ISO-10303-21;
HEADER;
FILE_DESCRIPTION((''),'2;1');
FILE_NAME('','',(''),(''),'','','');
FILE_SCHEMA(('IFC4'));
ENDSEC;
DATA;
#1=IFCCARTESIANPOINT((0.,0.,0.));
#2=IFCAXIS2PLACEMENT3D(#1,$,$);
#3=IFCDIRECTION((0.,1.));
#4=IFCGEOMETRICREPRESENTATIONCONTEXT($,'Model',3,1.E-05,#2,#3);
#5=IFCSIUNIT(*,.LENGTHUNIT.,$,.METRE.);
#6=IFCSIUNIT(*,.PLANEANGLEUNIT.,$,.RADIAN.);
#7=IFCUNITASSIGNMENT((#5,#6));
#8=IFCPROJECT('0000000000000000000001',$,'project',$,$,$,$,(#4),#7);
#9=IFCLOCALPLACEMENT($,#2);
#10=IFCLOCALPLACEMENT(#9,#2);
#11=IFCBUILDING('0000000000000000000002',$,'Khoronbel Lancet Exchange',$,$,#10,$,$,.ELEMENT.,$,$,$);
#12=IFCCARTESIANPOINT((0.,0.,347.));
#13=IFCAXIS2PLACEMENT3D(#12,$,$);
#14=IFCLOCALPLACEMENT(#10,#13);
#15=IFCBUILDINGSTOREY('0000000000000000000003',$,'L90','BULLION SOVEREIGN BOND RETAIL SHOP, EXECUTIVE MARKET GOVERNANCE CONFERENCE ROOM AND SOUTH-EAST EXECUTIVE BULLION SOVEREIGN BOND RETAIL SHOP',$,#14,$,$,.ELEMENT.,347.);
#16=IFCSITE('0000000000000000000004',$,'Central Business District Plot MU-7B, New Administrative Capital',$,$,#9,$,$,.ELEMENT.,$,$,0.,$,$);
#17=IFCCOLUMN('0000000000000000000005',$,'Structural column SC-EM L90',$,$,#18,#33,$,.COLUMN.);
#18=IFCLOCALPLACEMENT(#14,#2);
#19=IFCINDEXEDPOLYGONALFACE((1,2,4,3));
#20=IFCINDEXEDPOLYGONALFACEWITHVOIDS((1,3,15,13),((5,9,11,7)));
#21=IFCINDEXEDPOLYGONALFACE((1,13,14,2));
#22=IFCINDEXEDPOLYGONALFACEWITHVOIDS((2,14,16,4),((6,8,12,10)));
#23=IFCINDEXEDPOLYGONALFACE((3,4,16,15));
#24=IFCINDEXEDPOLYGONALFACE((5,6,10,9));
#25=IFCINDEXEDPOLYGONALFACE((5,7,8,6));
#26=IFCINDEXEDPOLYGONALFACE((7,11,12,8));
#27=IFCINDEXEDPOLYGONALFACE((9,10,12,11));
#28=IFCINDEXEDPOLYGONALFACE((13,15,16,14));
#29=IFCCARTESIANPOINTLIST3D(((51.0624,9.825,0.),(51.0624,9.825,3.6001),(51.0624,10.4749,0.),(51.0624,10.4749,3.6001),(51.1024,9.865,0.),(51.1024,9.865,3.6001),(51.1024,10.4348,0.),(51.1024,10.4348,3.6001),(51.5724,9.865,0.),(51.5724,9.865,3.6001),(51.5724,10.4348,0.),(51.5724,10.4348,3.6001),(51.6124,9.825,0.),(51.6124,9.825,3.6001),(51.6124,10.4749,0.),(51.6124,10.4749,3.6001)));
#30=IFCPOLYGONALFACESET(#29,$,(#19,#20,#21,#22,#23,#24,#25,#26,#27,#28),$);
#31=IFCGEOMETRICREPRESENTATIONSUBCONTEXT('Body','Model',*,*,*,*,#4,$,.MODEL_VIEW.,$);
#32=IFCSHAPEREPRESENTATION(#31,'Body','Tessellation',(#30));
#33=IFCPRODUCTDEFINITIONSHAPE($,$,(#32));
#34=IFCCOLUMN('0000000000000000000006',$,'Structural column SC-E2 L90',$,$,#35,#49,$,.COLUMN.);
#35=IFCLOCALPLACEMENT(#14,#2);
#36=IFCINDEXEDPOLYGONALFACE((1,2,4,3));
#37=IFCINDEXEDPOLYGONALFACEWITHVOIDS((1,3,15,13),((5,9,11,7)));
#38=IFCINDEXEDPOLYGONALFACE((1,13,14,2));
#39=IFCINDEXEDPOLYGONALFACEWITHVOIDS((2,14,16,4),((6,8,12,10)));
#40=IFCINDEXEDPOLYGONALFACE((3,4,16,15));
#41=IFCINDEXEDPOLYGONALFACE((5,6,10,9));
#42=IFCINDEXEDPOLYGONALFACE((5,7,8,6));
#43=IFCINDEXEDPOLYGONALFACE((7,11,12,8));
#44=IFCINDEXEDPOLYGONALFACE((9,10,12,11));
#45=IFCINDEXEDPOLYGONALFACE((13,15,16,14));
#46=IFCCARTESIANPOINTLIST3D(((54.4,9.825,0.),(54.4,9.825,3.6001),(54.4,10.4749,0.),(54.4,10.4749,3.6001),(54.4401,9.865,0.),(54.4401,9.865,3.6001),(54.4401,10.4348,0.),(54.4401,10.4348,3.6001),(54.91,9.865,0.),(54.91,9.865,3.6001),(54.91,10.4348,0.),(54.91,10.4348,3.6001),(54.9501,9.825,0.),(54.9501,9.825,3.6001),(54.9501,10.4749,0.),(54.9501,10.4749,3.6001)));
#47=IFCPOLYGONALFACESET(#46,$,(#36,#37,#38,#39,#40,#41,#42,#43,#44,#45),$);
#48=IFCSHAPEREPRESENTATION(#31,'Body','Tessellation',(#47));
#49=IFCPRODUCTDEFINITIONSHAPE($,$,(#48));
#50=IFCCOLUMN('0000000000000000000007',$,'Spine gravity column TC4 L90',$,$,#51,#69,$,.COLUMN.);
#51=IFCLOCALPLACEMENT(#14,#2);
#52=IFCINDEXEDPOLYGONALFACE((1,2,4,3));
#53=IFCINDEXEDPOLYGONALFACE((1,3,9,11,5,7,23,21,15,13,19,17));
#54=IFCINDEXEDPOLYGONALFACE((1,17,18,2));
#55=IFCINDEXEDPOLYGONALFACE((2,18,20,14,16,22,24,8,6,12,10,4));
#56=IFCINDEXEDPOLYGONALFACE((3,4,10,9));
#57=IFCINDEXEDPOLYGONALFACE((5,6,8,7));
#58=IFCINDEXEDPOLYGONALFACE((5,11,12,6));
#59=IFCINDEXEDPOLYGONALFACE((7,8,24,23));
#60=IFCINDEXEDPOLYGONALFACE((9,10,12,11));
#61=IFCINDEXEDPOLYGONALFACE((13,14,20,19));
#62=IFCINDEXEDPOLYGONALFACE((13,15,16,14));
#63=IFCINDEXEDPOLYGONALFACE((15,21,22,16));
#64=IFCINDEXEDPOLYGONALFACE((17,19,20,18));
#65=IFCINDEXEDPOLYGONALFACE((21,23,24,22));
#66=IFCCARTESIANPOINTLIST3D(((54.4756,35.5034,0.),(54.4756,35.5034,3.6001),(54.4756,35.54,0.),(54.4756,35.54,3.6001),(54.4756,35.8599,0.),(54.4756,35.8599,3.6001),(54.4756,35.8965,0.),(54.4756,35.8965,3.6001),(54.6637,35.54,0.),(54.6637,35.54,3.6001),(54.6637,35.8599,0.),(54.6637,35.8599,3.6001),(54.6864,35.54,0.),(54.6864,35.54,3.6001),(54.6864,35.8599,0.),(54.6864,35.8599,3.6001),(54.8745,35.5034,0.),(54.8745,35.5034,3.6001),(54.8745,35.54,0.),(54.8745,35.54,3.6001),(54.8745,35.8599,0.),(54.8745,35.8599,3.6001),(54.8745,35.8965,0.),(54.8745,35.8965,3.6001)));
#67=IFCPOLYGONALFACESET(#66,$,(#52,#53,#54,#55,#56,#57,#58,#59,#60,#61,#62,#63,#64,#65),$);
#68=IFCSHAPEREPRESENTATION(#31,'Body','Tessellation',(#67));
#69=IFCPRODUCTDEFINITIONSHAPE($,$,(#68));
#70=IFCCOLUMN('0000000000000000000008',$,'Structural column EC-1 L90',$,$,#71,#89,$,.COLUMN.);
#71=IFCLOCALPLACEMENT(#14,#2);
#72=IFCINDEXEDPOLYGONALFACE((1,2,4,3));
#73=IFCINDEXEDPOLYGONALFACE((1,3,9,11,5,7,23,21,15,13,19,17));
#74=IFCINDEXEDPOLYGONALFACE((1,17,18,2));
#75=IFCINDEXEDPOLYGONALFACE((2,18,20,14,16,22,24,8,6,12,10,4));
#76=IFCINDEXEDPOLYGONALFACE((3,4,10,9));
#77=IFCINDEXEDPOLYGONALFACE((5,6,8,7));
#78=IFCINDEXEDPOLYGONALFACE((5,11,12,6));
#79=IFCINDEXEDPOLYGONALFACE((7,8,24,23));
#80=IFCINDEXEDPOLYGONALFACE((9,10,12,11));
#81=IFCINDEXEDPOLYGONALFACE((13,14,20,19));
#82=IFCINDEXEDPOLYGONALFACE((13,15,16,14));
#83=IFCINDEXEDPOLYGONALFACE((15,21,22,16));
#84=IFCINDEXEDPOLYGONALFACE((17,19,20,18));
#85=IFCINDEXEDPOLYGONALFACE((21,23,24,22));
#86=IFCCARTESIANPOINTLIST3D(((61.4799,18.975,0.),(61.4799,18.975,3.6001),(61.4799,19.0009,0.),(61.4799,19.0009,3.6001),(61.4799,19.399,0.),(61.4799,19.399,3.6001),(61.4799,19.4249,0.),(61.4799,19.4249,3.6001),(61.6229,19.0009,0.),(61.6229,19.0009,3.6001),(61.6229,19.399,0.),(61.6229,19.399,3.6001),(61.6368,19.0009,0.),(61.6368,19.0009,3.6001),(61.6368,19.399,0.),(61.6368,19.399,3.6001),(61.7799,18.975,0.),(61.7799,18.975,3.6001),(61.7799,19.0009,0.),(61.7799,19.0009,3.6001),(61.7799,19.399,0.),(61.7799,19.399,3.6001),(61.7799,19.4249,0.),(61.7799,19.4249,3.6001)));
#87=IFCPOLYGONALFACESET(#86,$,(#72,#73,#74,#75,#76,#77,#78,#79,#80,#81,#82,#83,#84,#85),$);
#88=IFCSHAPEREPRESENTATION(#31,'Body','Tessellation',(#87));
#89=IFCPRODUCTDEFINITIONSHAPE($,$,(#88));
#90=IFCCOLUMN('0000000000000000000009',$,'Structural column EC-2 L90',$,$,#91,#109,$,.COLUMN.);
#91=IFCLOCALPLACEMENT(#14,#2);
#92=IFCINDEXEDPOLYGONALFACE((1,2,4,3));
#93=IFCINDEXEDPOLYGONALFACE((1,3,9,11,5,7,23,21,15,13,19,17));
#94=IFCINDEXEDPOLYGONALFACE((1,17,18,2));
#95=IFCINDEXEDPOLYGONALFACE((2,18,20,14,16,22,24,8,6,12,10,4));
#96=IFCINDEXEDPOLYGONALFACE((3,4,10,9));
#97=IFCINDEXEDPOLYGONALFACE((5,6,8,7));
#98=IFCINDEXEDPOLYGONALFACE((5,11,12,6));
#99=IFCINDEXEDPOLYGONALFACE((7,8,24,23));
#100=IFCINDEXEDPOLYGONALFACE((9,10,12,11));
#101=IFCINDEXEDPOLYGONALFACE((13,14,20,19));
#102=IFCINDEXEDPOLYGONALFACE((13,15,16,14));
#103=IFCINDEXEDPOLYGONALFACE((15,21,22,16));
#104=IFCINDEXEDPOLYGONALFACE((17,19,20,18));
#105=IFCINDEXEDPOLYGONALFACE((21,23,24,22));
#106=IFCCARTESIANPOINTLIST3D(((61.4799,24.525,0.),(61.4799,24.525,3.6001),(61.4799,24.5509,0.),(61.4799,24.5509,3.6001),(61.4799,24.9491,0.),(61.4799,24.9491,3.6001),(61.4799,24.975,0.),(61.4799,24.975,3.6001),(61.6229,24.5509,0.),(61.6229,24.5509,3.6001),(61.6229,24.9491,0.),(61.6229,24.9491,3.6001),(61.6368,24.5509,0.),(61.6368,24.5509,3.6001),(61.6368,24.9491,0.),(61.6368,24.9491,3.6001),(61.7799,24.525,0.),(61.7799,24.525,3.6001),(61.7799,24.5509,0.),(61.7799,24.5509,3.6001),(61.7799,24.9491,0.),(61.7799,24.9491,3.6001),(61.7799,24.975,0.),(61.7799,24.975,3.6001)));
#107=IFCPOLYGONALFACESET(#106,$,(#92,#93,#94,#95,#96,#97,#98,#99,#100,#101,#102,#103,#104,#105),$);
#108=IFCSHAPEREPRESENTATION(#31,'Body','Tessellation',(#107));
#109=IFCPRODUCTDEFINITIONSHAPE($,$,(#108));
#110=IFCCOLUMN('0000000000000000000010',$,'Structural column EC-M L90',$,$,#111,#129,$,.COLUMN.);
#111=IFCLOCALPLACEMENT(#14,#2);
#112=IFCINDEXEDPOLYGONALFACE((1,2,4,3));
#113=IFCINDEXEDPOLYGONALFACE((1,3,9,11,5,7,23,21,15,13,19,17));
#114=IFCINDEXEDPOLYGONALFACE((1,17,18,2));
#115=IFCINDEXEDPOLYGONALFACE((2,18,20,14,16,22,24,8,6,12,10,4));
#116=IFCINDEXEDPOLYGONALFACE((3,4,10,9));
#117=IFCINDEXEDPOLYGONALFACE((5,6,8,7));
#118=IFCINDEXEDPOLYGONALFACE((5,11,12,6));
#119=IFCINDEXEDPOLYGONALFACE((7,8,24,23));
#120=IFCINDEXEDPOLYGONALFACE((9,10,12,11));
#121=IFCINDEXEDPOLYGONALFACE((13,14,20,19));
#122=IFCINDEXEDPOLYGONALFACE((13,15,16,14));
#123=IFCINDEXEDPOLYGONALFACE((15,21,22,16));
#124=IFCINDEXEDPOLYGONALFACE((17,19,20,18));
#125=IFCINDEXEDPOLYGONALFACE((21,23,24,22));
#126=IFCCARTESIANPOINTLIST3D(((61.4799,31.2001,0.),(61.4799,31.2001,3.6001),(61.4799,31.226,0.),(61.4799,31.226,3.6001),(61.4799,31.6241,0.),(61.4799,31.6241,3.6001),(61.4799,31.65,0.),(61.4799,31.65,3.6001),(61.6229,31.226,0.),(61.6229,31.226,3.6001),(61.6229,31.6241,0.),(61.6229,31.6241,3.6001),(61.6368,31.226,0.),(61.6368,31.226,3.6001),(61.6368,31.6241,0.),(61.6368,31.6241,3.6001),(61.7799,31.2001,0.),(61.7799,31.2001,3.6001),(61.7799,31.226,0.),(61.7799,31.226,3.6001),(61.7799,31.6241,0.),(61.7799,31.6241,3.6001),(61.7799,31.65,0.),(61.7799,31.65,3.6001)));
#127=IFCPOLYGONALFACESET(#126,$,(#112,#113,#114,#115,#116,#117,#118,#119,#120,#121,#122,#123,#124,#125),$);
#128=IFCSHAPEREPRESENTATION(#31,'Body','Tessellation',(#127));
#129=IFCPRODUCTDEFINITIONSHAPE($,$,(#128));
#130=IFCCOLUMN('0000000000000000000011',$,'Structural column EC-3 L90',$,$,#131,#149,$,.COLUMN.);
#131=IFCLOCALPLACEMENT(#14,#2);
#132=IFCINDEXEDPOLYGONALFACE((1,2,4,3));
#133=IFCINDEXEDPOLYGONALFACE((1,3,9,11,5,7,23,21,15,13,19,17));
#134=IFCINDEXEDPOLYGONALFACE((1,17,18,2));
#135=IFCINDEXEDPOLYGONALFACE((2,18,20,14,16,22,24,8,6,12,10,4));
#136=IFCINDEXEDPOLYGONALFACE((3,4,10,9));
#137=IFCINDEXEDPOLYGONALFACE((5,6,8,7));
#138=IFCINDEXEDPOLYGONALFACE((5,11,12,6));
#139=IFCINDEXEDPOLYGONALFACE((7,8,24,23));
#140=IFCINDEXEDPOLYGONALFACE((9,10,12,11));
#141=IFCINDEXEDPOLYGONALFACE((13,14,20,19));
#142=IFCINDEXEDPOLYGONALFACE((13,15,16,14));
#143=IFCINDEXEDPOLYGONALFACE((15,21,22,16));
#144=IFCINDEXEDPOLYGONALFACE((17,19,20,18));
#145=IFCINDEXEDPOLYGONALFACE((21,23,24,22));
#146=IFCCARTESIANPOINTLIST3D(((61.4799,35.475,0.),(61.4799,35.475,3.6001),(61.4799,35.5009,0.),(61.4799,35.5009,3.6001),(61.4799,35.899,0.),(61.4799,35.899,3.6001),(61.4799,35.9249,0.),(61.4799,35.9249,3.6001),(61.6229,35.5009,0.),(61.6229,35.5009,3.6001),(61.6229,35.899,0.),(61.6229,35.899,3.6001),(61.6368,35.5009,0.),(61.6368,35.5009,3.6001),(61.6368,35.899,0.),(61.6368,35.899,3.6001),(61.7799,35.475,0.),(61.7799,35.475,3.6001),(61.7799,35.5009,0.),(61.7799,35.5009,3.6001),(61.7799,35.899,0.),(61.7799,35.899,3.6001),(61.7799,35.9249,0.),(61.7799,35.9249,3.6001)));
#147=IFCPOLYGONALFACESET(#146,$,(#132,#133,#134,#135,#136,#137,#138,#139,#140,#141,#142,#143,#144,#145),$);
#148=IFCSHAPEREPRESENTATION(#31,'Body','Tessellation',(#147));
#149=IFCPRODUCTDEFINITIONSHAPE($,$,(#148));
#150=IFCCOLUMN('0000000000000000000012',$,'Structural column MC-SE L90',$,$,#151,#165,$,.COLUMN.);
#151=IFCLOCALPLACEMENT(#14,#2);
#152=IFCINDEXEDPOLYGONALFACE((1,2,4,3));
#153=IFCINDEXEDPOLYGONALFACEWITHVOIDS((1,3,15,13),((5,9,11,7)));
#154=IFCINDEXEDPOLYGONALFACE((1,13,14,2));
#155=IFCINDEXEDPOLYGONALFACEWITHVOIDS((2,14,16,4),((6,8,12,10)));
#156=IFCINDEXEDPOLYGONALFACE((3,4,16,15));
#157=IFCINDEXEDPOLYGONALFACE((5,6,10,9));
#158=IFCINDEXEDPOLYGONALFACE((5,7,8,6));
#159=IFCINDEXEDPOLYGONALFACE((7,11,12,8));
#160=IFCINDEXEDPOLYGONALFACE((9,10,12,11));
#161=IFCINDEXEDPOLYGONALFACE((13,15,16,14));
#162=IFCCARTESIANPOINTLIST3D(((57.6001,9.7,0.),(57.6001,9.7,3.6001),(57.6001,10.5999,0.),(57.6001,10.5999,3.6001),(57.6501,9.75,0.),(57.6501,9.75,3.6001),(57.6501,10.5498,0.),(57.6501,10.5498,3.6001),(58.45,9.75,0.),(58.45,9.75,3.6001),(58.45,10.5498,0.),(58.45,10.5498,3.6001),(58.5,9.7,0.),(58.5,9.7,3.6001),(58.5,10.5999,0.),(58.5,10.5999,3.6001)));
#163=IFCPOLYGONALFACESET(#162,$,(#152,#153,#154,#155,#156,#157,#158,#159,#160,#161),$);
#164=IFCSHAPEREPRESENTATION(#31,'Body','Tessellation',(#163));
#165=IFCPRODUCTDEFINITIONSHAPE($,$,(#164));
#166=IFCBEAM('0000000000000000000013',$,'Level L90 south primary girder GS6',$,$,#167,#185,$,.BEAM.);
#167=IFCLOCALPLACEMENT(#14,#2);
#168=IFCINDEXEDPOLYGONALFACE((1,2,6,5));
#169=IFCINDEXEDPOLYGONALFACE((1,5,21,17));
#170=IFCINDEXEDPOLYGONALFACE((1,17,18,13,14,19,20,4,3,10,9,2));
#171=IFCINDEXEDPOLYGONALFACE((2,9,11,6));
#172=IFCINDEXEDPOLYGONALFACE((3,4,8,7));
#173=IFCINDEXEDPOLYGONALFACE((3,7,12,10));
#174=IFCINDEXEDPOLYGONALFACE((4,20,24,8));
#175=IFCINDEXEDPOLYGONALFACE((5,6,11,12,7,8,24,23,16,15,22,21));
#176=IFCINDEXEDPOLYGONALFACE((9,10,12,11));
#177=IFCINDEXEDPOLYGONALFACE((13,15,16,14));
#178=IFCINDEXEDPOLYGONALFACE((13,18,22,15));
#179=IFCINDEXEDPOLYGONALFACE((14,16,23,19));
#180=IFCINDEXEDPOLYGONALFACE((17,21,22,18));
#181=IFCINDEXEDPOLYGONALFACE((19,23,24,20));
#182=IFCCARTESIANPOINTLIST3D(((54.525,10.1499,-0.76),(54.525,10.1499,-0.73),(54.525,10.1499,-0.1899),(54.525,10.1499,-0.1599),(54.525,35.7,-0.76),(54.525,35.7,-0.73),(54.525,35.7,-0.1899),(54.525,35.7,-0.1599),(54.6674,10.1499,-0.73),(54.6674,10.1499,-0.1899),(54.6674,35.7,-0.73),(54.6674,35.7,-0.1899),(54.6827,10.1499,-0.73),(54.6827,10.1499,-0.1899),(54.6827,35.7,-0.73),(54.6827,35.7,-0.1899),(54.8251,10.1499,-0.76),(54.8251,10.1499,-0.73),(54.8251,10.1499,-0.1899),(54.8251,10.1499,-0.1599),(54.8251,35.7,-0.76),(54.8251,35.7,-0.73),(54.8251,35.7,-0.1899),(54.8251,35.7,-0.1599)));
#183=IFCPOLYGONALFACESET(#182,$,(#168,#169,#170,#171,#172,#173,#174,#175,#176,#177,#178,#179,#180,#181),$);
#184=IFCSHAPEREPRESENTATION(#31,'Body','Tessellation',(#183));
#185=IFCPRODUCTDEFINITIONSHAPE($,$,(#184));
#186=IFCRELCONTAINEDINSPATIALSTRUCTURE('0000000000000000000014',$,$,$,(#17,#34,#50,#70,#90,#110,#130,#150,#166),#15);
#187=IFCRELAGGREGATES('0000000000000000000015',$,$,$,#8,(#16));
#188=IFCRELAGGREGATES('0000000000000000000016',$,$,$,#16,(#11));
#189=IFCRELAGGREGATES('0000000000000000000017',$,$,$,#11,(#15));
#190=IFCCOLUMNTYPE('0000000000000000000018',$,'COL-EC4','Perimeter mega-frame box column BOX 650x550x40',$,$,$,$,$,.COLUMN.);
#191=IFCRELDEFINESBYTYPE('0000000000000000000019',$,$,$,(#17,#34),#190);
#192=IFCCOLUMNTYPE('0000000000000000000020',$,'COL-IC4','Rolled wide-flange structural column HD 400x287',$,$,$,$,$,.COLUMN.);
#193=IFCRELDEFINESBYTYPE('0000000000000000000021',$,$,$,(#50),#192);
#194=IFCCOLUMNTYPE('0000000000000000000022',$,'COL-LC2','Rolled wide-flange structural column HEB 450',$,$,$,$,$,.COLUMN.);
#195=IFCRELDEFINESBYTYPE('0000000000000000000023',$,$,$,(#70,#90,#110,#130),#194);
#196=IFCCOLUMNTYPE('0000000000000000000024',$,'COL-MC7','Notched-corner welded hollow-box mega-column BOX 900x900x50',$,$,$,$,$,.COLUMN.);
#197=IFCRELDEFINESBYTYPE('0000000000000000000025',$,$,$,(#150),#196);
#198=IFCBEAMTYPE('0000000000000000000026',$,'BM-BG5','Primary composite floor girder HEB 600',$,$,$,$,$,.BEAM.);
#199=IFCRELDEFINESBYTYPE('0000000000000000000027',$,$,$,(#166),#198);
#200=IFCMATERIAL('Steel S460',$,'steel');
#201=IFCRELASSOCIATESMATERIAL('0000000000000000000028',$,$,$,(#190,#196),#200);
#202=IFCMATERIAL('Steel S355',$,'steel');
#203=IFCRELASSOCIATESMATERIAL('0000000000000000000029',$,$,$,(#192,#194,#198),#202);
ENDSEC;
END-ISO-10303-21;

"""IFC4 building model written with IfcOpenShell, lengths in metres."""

from ifc_helpers import new_model, si_unit, direction, frame, origin, origin_2d, place, context, subcontext, project, spatial, hollow_rectangle, i_section, extrude, material, material_profile, profile_set, type_object, element, save


model = new_model("IFC4")

# Units and contexts
model_context = context("Model", 3, precision=1e-05, world=origin(), true_north=direction((0.0, 1.0)))
body_context = subcontext(model_context, "Body", "Model", "MODEL_VIEW")
ifc_project = project(units=[si_unit("LENGTHUNIT", "METRE"), si_unit("PLANEANGLEUNIT", "RADIAN")], contexts=[model_context])

# Site, building, storey
site_placement = place(None, origin())
site = spatial("IfcSite", under=ifc_project, at=site_placement, Name="Central Business District Plot MU-7B, New Administrative Capital", CompositionType="ELEMENT", RefElevation=0.0)
building_placement = place(site_placement, origin())
building = spatial("IfcBuilding", under=site, at=building_placement, Name="Khoronbel Lancet Exchange", CompositionType="ELEMENT")
storey_placement = place(building_placement, frame((0.0, 0.0, 347.0)))
storey = spatial("IfcBuildingStorey", under=building, at=storey_placement, Name="L90", Description="BULLION SOVEREIGN BOND RETAIL SHOP, EXECUTIVE MARKET GOVERNANCE CONFERENCE ROOM AND SOUTH-EAST EXECUTIVE BULLION SOVEREIGN BOND RETAIL SHOP", CompositionType="ELEMENT", Elevation=347.0)

# Columns
ifc_material_1 = material(Name="Steel S460", Category="steel")
ifc_material_profile_1 = material_profile(ifc_material_1, hollow_rectangle(XDim=0.55, YDim=0.6499, WallThickness=0.04, at=origin_2d()), Name="BOX 650x550x40")
ifc_profile_set_1 = profile_set([ifc_material_profile_1], Name="Steel S460")
column_type_1 = type_object("IfcColumnType", Name="COL-EC4", Description="Perimeter mega-frame box column BOX 650x550x40", PredefinedType="COLUMN", material=ifc_profile_set_1)
for number, where, z_axis, x_axis, name in (
    (1, (51.3374, 10.1499, 0.0), (0.0, 0.0, 1.0), (1.0, 0.0, 0.0), "Structural column SC-EM L90"),
    (2, (54.675, 10.1499, 0.0), (0.0, 0.0, 1.0), (1.0, 0.0, 0.0), "Structural column SC-E2 L90"),
):
    element("IfcColumn", number, at=place(storey_placement, frame(where, z_axis=z_axis, x_axis=x_axis)), inside=storey, type_object=column_type_1, Name=name, PredefinedType="COLUMN", context=body_context, shape_type="SweptSolid", body=[
        extrude(hollow_rectangle(XDim=0.55, YDim=0.6499, WallThickness=0.04, at=origin_2d()), origin(), (0.0, 0.0, 1.0), 3.6001),
    ])
ifc_material_2 = material(Name="Steel S355", Category="steel")
ifc_material_profile_2 = material_profile(ifc_material_2, i_section(OverallWidth=0.3989, OverallDepth=0.3931, WebThickness=0.0227, FlangeThickness=0.0366, at=origin_2d()), Name="HD 400x287")
ifc_profile_set_2 = profile_set([ifc_material_profile_2], Name="Steel S355")
column_type_2 = type_object("IfcColumnType", Name="COL-IC4", Description="Rolled wide-flange structural column HD 400x287", PredefinedType="COLUMN", material=ifc_profile_set_2)
column_1_placement = place(storey_placement, frame((54.675, 35.7, 0.0), z_axis=(0.0, 0.0, 1.0), x_axis=(1.0, 0.0, 0.0)))
element("IfcColumn", 3, at=column_1_placement, inside=storey, type_object=column_type_2, Name="Spine gravity column TC4 L90", PredefinedType="COLUMN", context=body_context, shape_type="SweptSolid", body=[
    extrude(i_section(OverallWidth=0.3989, OverallDepth=0.3931, WebThickness=0.0227, FlangeThickness=0.0366, at=origin_2d()), origin(), (0.0, 0.0, 1.0), 3.6001),
])
ifc_material_profile_3 = material_profile(ifc_material_2, i_section(OverallWidth=0.3, OverallDepth=0.45, WebThickness=0.0139, FlangeThickness=0.0259, at=origin_2d()), Name="HEB 450")
ifc_profile_set_3 = profile_set([ifc_material_profile_3], Name="Steel S355")
column_type_3 = type_object("IfcColumnType", Name="COL-LC2", Description="Rolled wide-flange structural column HEB 450", PredefinedType="COLUMN", material=ifc_profile_set_3)
for number, where, z_axis, x_axis, name in (
    (4, (61.6299, 19.2, 0.0), (0.0, 0.0, 1.0), (1.0, 0.0, 0.0), "Structural column EC-1 L90"),
    (5, (61.6299, 24.75, 0.0), (0.0, 0.0, 1.0), (1.0, 0.0, 0.0), "Structural column EC-2 L90"),
    (6, (61.6299, 31.425, 0.0), (0.0, 0.0, 1.0), (1.0, 0.0, 0.0), "Structural column EC-M L90"),
    (7, (61.6299, 35.7, 0.0), (0.0, 0.0, 1.0), (1.0, 0.0, 0.0), "Structural column EC-3 L90"),
):
    element("IfcColumn", number, at=place(storey_placement, frame(where, z_axis=z_axis, x_axis=x_axis)), inside=storey, type_object=column_type_3, Name=name, PredefinedType="COLUMN", context=body_context, shape_type="SweptSolid", body=[
        extrude(i_section(OverallWidth=0.3, OverallDepth=0.45, WebThickness=0.0139, FlangeThickness=0.0259, at=origin_2d()), origin(), (0.0, 0.0, 1.0), 3.6001),
    ])
ifc_material_profile_4 = material_profile(ifc_material_1, hollow_rectangle(XDim=0.8999, YDim=0.8999, WallThickness=0.05, at=origin_2d()), Name="BOX 900x900x50")
ifc_profile_set_4 = profile_set([ifc_material_profile_4], Name="Steel S460")
column_type_4 = type_object("IfcColumnType", Name="COL-MC7", Description="Notched-corner welded hollow-box mega-column BOX 900x900x50", PredefinedType="COLUMN", material=ifc_profile_set_4)
column_2_placement = place(storey_placement, frame((58.05, 10.1499, 0.0), z_axis=(0.0, 0.0, 1.0), x_axis=(1.0, 0.0, 0.0)))
element("IfcColumn", 8, at=column_2_placement, inside=storey, type_object=column_type_4, Name="Structural column MC-SE L90", PredefinedType="COLUMN", context=body_context, shape_type="SweptSolid", body=[
    extrude(hollow_rectangle(XDim=0.8999, YDim=0.8999, WallThickness=0.05, at=origin_2d()), origin(), (0.0, 0.0, 1.0), 3.6001),
])

# Beam
ifc_material_profile_5 = material_profile(ifc_material_2, i_section(OverallWidth=0.3, OverallDepth=0.6001, WebThickness=0.0154, FlangeThickness=0.03, at=origin_2d()), Name="HEB 600")
ifc_profile_set_5 = profile_set([ifc_material_profile_5], Name="Steel S355")
beam_type_1 = type_object("IfcBeamType", Name="BM-BG5", Description="Primary composite floor girder HEB 600", PredefinedType="BEAM", material=ifc_profile_set_5)
beam_1_placement = place(storey_placement, frame((54.675, 10.1499, -0.46), z_axis=(0.0, 1.0, 0.0), x_axis=(-1.0, 0.0, 0.0)))
element("IfcBeam", 9, at=beam_1_placement, inside=storey, type_object=beam_type_1, Name="Level L90 south primary girder GS6", PredefinedType="BEAM", context=body_context, shape_type="SweptSolid", body=[
    extrude(i_section(OverallWidth=0.3, OverallDepth=0.6001, WebThickness=0.0154, FlangeThickness=0.03, at=origin_2d()), origin(), (0.0, 0.0, 1.0), 25.55),
])

save(model, "model.ifc")
